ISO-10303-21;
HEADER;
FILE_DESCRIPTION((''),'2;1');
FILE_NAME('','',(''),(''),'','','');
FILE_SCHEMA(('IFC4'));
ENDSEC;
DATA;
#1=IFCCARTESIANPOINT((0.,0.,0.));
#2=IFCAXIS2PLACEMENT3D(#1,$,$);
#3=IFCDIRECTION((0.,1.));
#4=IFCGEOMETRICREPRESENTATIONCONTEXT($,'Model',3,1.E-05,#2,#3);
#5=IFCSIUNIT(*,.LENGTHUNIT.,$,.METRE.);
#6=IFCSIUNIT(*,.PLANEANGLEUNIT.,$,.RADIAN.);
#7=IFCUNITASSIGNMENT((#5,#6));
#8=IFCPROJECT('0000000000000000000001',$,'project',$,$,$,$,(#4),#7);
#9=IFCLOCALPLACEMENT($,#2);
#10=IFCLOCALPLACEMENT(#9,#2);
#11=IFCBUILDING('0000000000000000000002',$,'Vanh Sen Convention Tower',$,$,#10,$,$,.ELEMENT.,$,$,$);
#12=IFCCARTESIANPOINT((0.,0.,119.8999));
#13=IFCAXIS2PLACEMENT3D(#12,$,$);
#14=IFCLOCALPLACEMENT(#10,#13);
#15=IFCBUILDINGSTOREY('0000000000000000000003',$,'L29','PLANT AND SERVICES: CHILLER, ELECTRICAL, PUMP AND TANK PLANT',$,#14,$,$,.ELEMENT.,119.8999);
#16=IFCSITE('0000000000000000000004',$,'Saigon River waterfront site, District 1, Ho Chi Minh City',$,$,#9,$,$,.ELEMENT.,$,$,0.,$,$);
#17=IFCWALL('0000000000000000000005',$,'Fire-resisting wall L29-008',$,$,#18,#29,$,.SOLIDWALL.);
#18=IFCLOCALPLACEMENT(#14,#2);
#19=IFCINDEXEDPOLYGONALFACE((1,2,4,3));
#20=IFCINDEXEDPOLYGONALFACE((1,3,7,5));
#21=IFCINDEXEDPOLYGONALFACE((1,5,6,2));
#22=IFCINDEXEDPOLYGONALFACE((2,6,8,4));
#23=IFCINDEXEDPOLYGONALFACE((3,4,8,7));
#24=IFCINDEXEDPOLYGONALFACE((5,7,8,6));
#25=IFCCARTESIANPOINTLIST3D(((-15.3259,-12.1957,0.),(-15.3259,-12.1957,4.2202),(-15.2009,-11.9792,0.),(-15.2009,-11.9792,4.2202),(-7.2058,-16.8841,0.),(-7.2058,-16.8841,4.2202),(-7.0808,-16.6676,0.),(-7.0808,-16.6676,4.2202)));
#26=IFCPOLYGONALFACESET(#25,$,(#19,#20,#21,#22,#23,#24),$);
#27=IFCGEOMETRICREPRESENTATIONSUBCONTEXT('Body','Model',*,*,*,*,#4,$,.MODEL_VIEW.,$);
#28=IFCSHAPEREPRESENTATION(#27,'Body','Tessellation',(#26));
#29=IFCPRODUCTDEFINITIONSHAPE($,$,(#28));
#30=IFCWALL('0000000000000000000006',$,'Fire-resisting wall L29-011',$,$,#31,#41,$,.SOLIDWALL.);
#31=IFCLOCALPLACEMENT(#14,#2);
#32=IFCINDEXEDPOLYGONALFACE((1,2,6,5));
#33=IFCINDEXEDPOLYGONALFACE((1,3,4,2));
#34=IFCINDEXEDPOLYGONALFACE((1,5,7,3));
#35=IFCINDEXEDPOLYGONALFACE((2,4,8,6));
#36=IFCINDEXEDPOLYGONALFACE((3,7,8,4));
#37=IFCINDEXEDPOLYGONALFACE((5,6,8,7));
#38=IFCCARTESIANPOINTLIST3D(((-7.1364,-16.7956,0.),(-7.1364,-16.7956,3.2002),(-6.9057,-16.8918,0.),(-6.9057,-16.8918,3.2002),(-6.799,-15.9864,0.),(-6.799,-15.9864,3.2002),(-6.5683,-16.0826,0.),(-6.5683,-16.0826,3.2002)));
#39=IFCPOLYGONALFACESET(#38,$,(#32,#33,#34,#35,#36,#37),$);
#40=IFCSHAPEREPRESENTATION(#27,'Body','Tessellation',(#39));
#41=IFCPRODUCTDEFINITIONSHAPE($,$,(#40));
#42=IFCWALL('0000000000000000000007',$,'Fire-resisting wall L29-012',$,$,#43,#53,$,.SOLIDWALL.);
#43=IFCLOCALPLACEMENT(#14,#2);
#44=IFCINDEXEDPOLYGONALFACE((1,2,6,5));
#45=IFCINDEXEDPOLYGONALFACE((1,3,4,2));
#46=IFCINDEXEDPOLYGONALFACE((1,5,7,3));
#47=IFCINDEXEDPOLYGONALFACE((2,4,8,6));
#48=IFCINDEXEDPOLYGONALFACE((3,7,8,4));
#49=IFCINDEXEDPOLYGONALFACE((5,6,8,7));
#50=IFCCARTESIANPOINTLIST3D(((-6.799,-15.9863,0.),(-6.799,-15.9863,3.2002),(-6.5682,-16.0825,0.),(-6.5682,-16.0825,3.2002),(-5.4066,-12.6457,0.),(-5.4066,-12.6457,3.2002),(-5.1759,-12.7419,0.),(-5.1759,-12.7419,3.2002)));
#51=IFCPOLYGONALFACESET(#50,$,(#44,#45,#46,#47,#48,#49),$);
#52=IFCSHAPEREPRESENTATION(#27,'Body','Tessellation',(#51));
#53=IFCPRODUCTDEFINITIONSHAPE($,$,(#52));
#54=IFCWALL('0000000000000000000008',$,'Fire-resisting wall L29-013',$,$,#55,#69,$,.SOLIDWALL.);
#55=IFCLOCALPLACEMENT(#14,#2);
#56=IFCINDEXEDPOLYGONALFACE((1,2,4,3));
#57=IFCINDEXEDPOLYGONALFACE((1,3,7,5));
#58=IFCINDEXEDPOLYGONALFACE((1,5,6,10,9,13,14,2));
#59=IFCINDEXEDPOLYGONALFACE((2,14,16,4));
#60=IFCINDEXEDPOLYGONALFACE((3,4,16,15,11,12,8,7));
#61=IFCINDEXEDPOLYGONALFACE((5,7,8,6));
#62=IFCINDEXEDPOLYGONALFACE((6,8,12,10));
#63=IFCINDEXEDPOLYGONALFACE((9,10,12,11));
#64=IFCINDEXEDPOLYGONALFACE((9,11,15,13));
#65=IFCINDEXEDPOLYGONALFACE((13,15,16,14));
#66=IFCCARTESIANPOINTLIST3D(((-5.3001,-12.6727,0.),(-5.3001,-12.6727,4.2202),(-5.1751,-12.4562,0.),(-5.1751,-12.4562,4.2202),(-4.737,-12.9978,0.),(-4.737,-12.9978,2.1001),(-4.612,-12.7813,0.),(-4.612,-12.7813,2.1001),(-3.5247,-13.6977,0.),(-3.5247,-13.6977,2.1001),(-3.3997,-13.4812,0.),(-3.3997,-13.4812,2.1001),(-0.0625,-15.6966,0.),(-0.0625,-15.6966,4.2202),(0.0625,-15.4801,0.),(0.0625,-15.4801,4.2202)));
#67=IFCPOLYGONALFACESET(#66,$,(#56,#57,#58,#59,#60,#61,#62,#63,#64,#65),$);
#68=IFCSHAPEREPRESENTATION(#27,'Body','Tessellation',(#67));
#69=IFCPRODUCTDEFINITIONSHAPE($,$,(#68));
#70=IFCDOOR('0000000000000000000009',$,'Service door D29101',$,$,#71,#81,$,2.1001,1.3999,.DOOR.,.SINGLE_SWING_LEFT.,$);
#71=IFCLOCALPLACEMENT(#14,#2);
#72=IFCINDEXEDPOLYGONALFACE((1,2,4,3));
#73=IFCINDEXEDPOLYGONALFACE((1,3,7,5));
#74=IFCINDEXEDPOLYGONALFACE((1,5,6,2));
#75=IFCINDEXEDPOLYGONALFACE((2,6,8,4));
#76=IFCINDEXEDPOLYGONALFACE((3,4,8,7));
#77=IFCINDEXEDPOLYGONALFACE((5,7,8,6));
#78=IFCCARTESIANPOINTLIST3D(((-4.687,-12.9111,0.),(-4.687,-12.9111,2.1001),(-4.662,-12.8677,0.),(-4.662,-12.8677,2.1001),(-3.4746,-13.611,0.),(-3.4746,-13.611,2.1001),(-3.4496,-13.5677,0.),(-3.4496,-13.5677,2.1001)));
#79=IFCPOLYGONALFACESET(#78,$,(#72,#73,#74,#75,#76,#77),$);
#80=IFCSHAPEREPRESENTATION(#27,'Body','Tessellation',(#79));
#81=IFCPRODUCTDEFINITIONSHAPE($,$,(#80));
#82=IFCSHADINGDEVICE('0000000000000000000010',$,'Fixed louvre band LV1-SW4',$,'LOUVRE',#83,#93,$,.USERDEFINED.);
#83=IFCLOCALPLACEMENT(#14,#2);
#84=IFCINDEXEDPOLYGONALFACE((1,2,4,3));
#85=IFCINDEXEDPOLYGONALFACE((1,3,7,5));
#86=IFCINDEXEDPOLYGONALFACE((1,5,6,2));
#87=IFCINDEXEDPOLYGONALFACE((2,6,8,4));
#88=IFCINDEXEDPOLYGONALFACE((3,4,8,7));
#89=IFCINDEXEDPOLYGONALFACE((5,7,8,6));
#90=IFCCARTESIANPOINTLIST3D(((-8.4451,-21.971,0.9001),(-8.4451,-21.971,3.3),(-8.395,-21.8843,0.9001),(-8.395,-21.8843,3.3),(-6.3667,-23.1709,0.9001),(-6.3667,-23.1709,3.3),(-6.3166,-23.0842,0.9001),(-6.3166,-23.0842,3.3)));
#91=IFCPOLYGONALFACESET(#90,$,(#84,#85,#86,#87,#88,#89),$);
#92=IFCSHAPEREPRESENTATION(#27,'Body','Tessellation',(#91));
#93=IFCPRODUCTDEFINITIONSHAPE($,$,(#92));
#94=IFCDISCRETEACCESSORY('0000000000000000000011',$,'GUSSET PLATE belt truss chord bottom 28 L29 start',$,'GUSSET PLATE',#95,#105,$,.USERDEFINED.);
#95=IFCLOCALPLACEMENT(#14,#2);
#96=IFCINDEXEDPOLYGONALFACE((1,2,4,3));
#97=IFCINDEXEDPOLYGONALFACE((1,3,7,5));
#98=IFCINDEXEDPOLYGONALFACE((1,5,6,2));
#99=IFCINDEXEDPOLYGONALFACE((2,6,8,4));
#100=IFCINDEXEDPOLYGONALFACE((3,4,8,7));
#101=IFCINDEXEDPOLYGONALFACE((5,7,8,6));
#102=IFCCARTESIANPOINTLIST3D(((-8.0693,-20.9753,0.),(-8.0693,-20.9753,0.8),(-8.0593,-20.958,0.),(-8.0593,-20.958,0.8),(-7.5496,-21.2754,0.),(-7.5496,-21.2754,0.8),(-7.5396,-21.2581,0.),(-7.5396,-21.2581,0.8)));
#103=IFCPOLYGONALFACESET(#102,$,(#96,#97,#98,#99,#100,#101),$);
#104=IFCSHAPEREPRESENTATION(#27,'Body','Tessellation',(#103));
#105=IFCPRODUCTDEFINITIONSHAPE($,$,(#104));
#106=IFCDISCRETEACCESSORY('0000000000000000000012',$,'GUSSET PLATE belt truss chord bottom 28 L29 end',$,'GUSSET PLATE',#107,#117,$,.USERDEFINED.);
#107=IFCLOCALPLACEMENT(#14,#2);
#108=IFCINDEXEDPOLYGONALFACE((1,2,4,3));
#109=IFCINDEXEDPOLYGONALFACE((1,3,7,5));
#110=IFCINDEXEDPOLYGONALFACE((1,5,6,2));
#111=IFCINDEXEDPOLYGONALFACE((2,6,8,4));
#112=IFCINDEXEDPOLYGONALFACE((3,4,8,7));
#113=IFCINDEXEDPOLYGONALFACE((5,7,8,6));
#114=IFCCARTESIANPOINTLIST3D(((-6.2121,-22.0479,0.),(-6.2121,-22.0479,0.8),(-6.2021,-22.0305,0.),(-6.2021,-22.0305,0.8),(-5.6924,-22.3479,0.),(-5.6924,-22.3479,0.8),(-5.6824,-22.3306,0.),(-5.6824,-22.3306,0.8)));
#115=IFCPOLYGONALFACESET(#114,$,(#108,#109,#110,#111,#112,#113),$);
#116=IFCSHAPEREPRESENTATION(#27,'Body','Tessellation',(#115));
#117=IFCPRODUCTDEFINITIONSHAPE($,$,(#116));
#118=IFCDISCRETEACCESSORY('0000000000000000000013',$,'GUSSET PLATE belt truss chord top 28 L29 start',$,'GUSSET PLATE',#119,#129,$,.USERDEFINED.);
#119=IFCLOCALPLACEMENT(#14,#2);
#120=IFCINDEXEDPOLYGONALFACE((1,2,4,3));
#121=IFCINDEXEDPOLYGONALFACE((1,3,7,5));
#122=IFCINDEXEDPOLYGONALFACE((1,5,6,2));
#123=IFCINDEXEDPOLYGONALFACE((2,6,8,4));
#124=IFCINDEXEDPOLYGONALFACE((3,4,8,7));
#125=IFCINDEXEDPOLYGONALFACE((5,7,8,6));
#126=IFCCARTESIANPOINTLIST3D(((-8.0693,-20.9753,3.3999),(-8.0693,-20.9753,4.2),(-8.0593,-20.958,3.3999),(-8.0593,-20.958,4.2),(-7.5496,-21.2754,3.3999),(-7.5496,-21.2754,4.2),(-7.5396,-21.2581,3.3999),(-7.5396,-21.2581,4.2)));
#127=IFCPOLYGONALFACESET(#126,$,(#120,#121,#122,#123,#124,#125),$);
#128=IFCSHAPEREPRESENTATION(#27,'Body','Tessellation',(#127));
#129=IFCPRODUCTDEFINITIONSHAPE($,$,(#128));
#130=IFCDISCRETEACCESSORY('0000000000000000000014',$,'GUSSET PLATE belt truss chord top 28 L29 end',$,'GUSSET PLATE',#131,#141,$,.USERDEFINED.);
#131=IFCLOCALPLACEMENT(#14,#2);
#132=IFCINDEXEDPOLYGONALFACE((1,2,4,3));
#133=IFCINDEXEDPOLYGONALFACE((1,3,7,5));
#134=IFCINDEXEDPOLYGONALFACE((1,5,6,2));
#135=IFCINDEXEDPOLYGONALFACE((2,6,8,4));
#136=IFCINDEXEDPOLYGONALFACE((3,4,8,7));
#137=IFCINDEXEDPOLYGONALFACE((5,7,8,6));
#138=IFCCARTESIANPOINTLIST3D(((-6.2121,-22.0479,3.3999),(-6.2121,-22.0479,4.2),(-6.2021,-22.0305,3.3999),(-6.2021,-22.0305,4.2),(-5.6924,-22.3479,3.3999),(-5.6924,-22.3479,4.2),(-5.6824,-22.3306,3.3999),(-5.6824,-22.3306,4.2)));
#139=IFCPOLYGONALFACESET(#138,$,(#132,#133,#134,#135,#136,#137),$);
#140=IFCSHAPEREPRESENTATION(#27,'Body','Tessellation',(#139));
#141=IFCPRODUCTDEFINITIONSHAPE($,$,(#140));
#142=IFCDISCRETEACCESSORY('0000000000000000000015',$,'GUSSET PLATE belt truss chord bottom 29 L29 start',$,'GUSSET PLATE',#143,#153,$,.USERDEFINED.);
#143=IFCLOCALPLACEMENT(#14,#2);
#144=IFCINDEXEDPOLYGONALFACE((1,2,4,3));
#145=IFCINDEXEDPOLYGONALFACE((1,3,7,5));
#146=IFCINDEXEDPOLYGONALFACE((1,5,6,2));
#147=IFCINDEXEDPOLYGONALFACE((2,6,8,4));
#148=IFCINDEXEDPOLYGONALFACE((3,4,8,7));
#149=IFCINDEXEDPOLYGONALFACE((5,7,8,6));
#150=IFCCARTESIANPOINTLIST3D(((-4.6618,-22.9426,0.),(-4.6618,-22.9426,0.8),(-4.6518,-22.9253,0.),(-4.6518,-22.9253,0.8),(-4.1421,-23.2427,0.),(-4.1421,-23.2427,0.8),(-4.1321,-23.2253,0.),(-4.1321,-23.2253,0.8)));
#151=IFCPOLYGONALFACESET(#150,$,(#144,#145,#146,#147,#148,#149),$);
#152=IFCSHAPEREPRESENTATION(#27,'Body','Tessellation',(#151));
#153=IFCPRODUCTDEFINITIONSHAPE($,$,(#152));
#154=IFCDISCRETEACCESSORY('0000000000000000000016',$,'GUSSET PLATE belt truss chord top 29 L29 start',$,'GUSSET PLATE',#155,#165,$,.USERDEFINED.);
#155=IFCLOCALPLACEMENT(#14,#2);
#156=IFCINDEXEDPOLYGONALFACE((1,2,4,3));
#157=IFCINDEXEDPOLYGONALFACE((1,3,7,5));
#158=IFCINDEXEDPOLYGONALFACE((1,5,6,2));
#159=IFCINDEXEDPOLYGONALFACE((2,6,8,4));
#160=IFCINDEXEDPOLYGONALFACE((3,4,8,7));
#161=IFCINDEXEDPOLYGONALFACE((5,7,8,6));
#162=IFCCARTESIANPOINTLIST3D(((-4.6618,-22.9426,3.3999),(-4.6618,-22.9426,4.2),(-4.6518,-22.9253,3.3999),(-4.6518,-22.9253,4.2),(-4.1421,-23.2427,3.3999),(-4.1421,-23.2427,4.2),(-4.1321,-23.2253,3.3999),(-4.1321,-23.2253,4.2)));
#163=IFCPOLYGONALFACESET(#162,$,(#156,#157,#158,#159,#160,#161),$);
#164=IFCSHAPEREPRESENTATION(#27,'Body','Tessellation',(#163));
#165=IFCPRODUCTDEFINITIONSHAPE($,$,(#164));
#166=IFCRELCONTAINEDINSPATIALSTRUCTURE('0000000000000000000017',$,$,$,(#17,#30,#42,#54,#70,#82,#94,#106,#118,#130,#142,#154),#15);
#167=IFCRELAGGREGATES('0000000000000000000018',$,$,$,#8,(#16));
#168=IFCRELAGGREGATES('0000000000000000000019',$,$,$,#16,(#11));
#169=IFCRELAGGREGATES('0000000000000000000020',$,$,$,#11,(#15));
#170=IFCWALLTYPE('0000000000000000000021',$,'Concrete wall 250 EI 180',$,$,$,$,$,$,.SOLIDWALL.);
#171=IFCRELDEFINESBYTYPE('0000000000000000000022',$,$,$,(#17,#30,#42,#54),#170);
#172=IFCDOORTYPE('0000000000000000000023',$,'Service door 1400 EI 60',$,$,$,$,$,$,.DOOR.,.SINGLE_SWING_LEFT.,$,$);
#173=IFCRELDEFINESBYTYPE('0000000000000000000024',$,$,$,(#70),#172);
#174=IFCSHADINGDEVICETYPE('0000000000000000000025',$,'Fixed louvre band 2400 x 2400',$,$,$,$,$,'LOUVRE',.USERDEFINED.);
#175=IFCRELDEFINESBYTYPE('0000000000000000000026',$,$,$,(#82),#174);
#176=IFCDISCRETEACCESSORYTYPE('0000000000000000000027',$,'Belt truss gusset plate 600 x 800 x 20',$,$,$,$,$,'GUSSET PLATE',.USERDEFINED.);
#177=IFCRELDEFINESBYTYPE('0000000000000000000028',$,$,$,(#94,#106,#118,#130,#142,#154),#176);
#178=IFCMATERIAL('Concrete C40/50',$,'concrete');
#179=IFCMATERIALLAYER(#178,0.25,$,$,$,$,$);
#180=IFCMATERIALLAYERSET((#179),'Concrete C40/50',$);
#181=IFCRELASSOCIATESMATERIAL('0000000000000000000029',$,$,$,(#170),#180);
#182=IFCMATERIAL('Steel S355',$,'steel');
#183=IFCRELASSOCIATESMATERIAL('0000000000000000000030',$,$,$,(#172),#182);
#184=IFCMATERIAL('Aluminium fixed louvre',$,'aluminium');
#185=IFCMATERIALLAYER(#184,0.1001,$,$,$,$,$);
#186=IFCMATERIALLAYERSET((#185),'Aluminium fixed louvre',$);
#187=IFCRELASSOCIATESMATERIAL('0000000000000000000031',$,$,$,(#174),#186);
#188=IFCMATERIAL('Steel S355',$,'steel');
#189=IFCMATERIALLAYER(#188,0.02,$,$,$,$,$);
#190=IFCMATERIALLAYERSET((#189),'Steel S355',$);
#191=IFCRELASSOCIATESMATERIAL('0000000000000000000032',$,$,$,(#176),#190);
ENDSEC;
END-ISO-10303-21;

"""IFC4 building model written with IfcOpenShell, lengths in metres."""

from ifc_helpers import new_model, si_unit, direction, frame, frame_2d, origin, origin_2d, place, context, subcontext, project, spatial, rectangle, extrude, material, layer, layer_set, type_object, element, fill, save


model = new_model("IFC4")

# Units and contexts
model_context = context("Model", 3, precision=1e-05, world=origin(), true_north=direction((0.0, 1.0)))
body_context = subcontext(model_context, "Body", "Model", "MODEL_VIEW")
ifc_project = project(units=[si_unit("LENGTHUNIT", "METRE"), si_unit("PLANEANGLEUNIT", "RADIAN")], contexts=[model_context])

# Site, building, storey
site_placement = place(None, origin())
site = spatial("IfcSite", under=ifc_project, at=site_placement, Name="Saigon River waterfront site, District 1, Ho Chi Minh City", CompositionType="ELEMENT", RefElevation=0.0)
building_placement = place(site_placement, origin())
building = spatial("IfcBuilding", under=site, at=building_placement, Name="Vanh Sen Convention Tower", CompositionType="ELEMENT")
storey_placement = place(building_placement, frame((0.0, 0.0, 119.8999)))
storey = spatial("IfcBuildingStorey", under=building, at=storey_placement, Name="L29", Description="PLANT AND SERVICES: CHILLER, ELECTRICAL, PUMP AND TANK PLANT", CompositionType="ELEMENT", Elevation=119.8999)

# Shared definitions
ifc_material_1 = material(Name="Steel S355", Category="steel")

# Walls
ifc_material_2 = material(Name="Concrete C40/50", Category="concrete")
ifc_layer_1 = layer(ifc_material_2, 0.25)
ifc_layer_set_1 = layer_set([ifc_layer_1], Name="Concrete C40/50")
wall_type = type_object("IfcWallType", Name="Concrete wall 250 EI 180", PredefinedType="SOLIDWALL", material=ifc_layer_set_1)
wall_1_placement = place(storey_placement, frame((-7.1433, -16.7759, 0.0), z_axis=(0.0, 0.0, 1.0), x_axis=(-0.86601, 0.500026, 0.0)))
element("IfcWall", 1, at=wall_1_placement, inside=storey, type_object=wall_type, Name="Fire-resisting wall L29-008", PredefinedType="SOLIDWALL", context=body_context, shape_type="SweptSolid", body=[
    extrude(rectangle(XDim=9.3765, YDim=0.25, at=frame_2d((4.6882, 0.0))), origin(), (0.0, 0.0, 1.0), 4.2202),
])
wall_2_placement = place(storey_placement, frame((-6.6836, -16.0344, 0.0), z_axis=(0.0, 0.0, 1.0), x_axis=(-0.384892, -0.922962, 0.0)))
element("IfcWall", 2, at=wall_2_placement, inside=storey, type_object=wall_type, Name="Fire-resisting wall L29-011", PredefinedType="SOLIDWALL", context=body_context, shape_type="SweptSolid", body=[
    extrude(rectangle(XDim=0.8767, YDim=0.25, at=frame_2d((0.4385, 0.0))), origin(), (0.0, 0.0, 1.0), 3.2002),
])
wall_3_placement = place(storey_placement, frame((-6.6836, -16.0344, 0.0), z_axis=(0.0, 0.0, 1.0), x_axis=(0.384716, 0.923035, 0.0)))
element("IfcWall", 3, at=wall_3_placement, inside=storey, type_object=wall_type, Name="Fire-resisting wall L29-012", PredefinedType="SOLIDWALL", context=body_context, shape_type="SweptSolid", body=[
    extrude(rectangle(XDim=3.6191, YDim=0.25, at=frame_2d((1.8096, 0.0))), origin(), (0.0, 0.0, 1.0), 3.2002),
])

# Wall, opening, door
wall_4_placement = place(storey_placement, frame((0.0, -15.5884, 0.0), z_axis=(0.0, 0.0, 1.0), x_axis=(-0.866024, 0.500003, 0.0)))
wall_4 = element("IfcWall", 4, at=wall_4_placement, inside=storey, type_object=wall_type, Name="Fire-resisting wall L29-013", PredefinedType="SOLIDWALL", context=body_context, shape_type="SweptSolid", body=[
    extrude(rectangle(XDim=6.0479, YDim=0.25, at=frame_2d((3.0239, 0.0))), origin(), (0.0, 0.0, 1.0), 4.2202),
])
opening_placement = place(wall_4_placement, frame((3.9978, 0.0, 0.0)))
opening = element("IfcOpeningElement", 5, at=opening_placement, cuts=wall_4, PredefinedType="OPENING", context=body_context, shape_type="SweptSolid", body=[
    extrude(rectangle(XDim=1.3999, YDim=2.1001, at=frame_2d((0.7, 1.05))), frame((0.0, 0.135, 0.0), z_axis=(0.0, -1.0, 0.0), x_axis=(1.0, 0.0, 0.0)), (0.0, 0.0, 1.0), 0.27),
])
ifc_material_3 = material(Name="Steel S355", Category="steel")
door_type = type_object("IfcDoorType", Name="Service door 1400 EI 60", OperationType="SINGLE_SWING_LEFT", PredefinedType="DOOR", material=ifc_material_3)
door_placement = place(opening_placement, origin())
door = element("IfcDoor", 6, at=door_placement, inside=storey, type_object=door_type, Name="Service door D29101", OperationType="SINGLE_SWING_LEFT", OverallHeight=2.1001, OverallWidth=1.3999, PredefinedType="DOOR", context=body_context, shape_type="SweptSolid", body=[
    extrude(rectangle(XDim=1.3999, YDim=2.1001, at=frame_2d((0.7, 1.05))), frame((0.0, 0.0249, 0.0), z_axis=(0.0, -1.0, 0.0), x_axis=(1.0, 0.0, 0.0)), (0.0, 0.0, 1.0), 0.05),
])
fill(opening, door)

# Shading device
ifc_material_4 = material(Name="Aluminium fixed louvre", Category="aluminium")
ifc_layer_2 = layer(ifc_material_4, 0.1001)
ifc_layer_set_2 = layer_set([ifc_layer_2], Name="Aluminium fixed louvre")
shading_device_type = type_object("IfcShadingDeviceType", Name="Fixed louvre band 2400 x 2400", ElementType="LOUVRE", PredefinedType="USERDEFINED", material=ifc_layer_set_2)
shading_device_placement = place(storey_placement, frame((-7.3809, -22.5276, 0.9001), z_axis=(0.0, 0.0, 1.0), x_axis=(0.866027, -0.499997, 0.0)))
element("IfcShadingDevice", 7, at=shading_device_placement, inside=storey, type_object=shading_device_type, Name="Fixed louvre band LV1-SW4", ObjectType="LOUVRE", PredefinedType="USERDEFINED", context=body_context, shape_type="SweptSolid", body=[
    extrude(rectangle(XDim=2.3999, YDim=0.1001, at=origin_2d()), origin(), (0.0, 0.0, 1.0), 2.3999),
])

# Discrete accessories
ifc_layer_3 = layer(ifc_material_1, 0.02)
ifc_layer_set_3 = layer_set([ifc_layer_3], Name="Steel S355")
discrete_accessory_type = type_object("IfcDiscreteAccessoryType", Name="Belt truss gusset plate 600 x 800 x 20", ElementType="GUSSET PLATE", PredefinedType="USERDEFINED", material=ifc_layer_set_3)
for number, where, z_axis, x_axis, name in (
    (8, (-7.8044, -21.1167, 0.0), (0.0, 0.0, 1.0), (0.866028, -0.499995, 0.0), "GUSSET PLATE belt truss chord bottom 28 L29 start"),
    (9, (-5.9473, -22.1892, 0.0), (0.0, 0.0, 1.0), (-0.866028, 0.499995, 0.0), "GUSSET PLATE belt truss chord bottom 28 L29 end"),
    (10, (-7.8044, -21.1167, 3.3999), (0.0, 0.0, 1.0), (0.866028, -0.499995, 0.0), "GUSSET PLATE belt truss chord top 28 L29 start"),
    (11, (-5.9473, -22.1892, 3.3999), (0.0, 0.0, 1.0), (-0.866028, 0.499995, 0.0), "GUSSET PLATE belt truss chord top 28 L29 end"),
    (12, (-4.397, -23.084, 0.0), (0.0, 0.0, 1.0), (0.866021, -0.500008, 0.0), "GUSSET PLATE belt truss chord bottom 29 L29 start"),
    (13, (-4.397, -23.084, 3.3999), (0.0, 0.0, 1.0), (0.866021, -0.500008, 0.0), "GUSSET PLATE belt truss chord top 29 L29 start"),
):
    element("IfcDiscreteAccessory", number, at=place(storey_placement, frame(where, z_axis=z_axis, x_axis=x_axis)), inside=storey, type_object=discrete_accessory_type, Name=name, ObjectType="GUSSET PLATE", PredefinedType="USERDEFINED", context=body_context, shape_type="SweptSolid", body=[
        extrude(rectangle(XDim=0.6001, YDim=0.02, at=origin_2d()), origin(), (0.0, 0.0, 1.0), 0.8),
    ])

save(model, "model.ifc")
